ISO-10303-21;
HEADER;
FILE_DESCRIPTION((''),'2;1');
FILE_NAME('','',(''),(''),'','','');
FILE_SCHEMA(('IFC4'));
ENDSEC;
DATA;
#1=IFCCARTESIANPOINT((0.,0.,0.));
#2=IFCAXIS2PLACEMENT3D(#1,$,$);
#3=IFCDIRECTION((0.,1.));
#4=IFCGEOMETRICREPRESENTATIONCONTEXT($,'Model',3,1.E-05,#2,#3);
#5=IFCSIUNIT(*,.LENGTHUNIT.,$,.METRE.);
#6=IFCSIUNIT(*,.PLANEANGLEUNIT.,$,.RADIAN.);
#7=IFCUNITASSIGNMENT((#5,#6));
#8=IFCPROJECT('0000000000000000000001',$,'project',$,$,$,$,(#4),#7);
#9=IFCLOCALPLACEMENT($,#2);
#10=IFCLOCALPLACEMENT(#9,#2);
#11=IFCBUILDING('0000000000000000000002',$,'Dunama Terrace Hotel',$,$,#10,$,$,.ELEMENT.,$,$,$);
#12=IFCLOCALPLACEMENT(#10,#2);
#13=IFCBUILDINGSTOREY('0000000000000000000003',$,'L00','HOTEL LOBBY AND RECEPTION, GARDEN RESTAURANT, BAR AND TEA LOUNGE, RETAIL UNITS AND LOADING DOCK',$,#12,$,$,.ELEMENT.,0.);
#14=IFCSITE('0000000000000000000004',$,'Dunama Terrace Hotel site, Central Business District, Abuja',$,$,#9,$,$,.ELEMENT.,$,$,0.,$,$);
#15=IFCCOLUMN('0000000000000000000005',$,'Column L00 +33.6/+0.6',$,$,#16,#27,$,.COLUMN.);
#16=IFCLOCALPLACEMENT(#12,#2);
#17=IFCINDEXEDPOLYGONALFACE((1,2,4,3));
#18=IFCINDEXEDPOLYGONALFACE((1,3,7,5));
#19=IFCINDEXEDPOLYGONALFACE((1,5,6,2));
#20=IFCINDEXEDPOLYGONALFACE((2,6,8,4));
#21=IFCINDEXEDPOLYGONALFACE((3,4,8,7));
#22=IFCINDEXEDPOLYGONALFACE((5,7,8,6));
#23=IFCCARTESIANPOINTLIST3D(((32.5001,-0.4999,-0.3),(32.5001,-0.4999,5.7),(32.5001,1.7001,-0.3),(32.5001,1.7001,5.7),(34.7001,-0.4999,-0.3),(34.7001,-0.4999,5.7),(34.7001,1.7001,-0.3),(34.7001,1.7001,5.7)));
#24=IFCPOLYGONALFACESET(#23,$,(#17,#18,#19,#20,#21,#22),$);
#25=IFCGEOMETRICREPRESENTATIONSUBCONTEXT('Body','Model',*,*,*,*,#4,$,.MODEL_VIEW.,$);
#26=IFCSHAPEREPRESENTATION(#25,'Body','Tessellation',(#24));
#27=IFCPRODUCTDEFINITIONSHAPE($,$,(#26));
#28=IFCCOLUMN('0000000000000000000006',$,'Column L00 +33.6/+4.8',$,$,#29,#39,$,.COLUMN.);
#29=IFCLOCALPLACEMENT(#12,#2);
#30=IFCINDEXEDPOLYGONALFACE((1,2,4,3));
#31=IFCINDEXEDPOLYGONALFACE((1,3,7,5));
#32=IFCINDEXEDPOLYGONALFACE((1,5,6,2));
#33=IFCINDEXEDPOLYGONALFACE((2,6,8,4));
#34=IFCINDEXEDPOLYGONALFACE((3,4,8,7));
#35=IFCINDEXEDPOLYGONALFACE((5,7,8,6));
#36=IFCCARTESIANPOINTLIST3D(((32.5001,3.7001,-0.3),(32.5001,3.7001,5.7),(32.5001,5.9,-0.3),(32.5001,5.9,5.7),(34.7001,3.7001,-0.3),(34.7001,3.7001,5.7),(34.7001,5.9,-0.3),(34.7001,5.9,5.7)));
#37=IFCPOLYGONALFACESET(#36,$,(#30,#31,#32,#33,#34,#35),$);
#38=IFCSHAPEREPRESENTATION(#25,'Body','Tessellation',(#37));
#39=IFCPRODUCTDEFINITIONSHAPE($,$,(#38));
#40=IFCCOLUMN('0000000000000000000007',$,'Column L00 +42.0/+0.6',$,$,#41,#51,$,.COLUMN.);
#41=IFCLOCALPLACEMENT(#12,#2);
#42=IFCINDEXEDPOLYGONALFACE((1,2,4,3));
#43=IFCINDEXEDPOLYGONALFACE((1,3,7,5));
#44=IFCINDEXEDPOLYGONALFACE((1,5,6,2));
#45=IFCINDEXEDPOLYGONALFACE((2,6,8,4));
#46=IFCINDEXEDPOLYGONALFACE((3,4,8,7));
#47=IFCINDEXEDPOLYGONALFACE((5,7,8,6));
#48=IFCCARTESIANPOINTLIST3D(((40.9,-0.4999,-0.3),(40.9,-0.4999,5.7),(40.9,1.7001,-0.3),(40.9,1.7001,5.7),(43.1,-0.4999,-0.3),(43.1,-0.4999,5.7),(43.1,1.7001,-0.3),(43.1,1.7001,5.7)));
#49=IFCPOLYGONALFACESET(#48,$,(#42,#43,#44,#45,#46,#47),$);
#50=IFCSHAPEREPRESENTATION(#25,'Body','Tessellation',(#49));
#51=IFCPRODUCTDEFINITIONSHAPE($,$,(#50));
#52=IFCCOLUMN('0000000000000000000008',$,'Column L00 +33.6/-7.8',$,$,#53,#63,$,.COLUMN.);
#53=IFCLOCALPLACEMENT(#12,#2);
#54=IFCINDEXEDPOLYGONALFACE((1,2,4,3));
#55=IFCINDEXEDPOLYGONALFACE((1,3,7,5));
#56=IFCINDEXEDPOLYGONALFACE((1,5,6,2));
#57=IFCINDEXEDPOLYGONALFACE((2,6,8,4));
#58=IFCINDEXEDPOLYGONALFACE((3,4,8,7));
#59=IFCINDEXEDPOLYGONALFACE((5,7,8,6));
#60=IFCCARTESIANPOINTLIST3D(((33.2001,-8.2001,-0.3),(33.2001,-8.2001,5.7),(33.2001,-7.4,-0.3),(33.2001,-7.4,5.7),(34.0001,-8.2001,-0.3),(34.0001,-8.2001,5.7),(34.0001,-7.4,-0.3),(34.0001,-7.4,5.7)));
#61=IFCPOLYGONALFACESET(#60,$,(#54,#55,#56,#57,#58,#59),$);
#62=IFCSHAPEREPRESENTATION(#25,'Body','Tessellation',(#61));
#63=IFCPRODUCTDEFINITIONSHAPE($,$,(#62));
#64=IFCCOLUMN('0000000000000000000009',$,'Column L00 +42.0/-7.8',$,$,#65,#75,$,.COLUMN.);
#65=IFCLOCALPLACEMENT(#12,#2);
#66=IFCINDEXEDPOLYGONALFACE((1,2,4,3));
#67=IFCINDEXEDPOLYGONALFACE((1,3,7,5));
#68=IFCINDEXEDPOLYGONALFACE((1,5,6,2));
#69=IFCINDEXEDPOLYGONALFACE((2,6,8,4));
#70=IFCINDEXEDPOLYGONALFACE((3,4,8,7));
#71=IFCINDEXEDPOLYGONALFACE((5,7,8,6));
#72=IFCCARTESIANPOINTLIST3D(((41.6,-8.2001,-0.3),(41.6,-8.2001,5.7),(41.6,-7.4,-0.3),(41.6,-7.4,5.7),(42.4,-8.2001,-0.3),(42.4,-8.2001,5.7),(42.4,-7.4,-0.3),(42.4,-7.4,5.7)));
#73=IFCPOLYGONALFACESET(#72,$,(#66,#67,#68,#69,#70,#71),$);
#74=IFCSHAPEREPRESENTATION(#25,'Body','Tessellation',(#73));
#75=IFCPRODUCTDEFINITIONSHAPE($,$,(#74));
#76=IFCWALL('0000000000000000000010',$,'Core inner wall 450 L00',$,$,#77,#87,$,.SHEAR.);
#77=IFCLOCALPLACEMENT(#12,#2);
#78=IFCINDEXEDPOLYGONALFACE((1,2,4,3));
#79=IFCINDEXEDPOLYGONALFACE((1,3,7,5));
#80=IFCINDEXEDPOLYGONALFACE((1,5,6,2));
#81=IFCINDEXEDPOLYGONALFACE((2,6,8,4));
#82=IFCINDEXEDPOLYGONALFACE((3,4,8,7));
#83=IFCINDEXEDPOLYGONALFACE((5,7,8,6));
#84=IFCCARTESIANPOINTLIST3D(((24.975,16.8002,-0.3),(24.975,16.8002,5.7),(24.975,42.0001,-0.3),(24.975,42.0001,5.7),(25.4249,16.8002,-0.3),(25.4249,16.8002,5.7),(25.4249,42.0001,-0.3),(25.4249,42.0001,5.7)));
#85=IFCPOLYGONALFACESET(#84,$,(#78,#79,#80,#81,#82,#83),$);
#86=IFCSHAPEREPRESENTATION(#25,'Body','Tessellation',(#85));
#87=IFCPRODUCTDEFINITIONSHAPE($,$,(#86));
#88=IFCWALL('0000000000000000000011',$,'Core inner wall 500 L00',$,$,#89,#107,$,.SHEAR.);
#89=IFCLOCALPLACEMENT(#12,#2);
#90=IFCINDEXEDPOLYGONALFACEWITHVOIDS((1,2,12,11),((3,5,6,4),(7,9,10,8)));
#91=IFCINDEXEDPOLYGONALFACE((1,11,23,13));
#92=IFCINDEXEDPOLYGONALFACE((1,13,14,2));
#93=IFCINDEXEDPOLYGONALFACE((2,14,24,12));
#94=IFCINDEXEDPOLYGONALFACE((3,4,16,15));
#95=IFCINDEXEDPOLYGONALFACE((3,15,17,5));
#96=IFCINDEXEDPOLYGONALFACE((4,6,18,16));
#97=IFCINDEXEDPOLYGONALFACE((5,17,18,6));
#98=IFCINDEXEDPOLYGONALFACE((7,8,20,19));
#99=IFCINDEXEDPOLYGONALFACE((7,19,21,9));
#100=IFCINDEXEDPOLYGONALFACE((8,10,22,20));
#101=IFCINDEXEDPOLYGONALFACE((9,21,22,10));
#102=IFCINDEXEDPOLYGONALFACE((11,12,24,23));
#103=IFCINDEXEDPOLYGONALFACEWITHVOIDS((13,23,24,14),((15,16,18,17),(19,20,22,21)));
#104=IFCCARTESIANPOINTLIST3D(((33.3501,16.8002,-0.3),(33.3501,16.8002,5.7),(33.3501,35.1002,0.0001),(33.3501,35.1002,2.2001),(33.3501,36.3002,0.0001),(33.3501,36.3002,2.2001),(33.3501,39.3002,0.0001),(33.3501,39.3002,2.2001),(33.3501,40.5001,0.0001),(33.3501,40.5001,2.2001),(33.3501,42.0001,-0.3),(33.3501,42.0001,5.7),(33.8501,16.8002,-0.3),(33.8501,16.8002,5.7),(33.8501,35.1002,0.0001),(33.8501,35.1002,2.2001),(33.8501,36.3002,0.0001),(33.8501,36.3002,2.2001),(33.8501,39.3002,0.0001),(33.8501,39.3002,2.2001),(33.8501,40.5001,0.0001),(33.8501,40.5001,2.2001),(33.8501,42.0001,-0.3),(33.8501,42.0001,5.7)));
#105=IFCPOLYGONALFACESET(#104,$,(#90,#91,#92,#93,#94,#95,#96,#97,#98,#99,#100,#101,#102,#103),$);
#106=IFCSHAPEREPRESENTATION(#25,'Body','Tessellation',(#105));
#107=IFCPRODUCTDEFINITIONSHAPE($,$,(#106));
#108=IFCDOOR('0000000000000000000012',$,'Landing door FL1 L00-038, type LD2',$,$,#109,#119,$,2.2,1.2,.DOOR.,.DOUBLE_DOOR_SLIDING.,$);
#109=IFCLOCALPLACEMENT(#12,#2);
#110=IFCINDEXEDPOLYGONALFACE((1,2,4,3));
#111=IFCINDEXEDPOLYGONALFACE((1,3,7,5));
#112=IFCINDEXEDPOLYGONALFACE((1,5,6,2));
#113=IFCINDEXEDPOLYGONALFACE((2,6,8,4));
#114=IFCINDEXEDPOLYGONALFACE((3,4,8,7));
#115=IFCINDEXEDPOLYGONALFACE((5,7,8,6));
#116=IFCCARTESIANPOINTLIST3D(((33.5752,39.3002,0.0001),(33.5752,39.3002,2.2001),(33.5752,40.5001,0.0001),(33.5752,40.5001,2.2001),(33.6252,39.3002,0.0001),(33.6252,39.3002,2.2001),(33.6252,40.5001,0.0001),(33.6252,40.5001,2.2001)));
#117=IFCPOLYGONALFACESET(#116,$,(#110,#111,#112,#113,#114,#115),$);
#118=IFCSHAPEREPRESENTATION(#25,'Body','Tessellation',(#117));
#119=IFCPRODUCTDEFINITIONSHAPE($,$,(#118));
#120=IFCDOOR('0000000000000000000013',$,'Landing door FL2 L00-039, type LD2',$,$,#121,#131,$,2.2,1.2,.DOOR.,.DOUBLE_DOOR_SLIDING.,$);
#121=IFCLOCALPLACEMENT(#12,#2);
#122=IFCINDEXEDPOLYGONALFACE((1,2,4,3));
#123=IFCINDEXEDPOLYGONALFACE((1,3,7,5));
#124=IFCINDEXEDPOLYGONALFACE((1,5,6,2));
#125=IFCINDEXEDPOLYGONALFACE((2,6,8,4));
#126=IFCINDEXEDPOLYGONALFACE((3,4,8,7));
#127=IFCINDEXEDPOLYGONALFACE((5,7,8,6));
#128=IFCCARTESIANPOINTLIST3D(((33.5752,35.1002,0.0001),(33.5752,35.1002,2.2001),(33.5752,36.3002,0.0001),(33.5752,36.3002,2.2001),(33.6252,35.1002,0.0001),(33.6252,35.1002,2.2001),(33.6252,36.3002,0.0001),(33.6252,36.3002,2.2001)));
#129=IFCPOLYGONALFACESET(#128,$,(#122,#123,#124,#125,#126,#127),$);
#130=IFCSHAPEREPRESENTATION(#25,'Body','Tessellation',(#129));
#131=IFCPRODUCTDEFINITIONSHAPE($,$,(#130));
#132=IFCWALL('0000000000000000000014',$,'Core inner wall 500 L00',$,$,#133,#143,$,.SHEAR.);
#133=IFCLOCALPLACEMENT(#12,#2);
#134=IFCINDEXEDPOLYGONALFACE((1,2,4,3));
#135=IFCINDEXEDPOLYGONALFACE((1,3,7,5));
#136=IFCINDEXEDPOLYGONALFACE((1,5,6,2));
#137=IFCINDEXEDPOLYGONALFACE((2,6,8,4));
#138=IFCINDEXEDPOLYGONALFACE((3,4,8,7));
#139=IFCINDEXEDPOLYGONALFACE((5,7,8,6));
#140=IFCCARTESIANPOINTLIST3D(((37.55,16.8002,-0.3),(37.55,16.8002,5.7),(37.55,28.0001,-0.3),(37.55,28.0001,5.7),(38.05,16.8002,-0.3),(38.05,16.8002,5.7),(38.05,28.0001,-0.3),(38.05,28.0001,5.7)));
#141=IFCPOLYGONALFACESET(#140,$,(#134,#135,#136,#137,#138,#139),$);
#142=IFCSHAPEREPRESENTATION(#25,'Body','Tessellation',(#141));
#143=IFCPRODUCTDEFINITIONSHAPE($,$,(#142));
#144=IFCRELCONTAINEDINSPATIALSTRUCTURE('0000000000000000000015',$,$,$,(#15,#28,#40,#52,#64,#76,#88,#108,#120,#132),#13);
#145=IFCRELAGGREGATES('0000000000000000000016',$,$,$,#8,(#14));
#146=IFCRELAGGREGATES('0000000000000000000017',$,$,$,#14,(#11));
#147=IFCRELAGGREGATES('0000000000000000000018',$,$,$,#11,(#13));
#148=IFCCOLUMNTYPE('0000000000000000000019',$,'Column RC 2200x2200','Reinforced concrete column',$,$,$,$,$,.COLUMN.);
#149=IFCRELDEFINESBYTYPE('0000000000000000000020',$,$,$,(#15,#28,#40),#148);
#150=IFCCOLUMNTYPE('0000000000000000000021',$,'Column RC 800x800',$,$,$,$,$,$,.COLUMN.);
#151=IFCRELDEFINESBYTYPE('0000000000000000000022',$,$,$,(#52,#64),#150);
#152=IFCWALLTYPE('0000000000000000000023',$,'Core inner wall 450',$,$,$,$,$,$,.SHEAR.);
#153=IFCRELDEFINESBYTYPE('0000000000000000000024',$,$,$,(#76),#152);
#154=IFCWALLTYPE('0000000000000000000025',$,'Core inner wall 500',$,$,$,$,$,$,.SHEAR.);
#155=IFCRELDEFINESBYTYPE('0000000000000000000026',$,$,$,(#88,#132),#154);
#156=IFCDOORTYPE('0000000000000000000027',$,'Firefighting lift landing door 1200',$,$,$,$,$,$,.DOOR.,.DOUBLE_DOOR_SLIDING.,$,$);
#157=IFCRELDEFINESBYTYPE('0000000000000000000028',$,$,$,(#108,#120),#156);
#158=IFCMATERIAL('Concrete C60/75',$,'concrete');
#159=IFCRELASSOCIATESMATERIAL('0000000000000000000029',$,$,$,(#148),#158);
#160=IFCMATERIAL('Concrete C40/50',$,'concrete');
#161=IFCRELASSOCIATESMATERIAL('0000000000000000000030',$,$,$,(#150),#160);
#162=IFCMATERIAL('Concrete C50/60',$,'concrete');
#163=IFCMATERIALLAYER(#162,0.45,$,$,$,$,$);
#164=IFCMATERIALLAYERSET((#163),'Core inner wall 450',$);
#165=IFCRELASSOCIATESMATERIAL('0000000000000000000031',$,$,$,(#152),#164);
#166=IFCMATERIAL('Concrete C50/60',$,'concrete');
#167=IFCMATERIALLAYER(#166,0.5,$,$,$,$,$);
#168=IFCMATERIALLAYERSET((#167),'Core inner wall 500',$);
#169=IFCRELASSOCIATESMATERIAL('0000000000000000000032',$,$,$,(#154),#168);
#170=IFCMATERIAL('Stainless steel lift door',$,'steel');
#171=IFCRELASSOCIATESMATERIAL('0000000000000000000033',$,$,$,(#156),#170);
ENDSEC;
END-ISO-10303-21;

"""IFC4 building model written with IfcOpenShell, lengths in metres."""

from ifc_helpers import new_model, si_unit, direction, frame, frame_2d, origin, origin_2d, place, context, subcontext, project, spatial, rectangle, extrude, material, layer, layer_set, material_profile, profile_set, type_object, element, fill, save


model = new_model("IFC4")

# Units and contexts
model_context = context("Model", 3, precision=1e-05, world=origin(), true_north=direction((0.0, 1.0)))
body_context = subcontext(model_context, "Body", "Model", "MODEL_VIEW")
ifc_project = project(units=[si_unit("LENGTHUNIT", "METRE"), si_unit("PLANEANGLEUNIT", "RADIAN")], contexts=[model_context])

# Site, building, storey
site_placement = place(None, origin())
site = spatial("IfcSite", under=ifc_project, at=site_placement, Name="Dunama Terrace Hotel site, Central Business District, Abuja", CompositionType="ELEMENT", RefElevation=0.0)
building_placement = place(site_placement, origin())
building = spatial("IfcBuilding", under=site, at=building_placement, Name="Dunama Terrace Hotel", CompositionType="ELEMENT")
storey_placement = place(building_placement, origin())
storey = spatial("IfcBuildingStorey", under=building, at=storey_placement, Name="L00", Description="HOTEL LOBBY AND RECEPTION, GARDEN RESTAURANT, BAR AND TEA LOUNGE, RETAIL UNITS AND LOADING DOCK", CompositionType="ELEMENT", Elevation=0.0)

# Columns
ifc_material_1 = material(Name="Concrete C60/75", Category="concrete")
ifc_material_profile_1 = material_profile(ifc_material_1, rectangle(XDim=2.2, YDim=2.2, at=origin_2d()), Name="RC 2200x2200")
ifc_profile_set_1 = profile_set([ifc_material_profile_1], Name="Concrete C60/75")
column_type_1 = type_object("IfcColumnType", Name="Column RC 2200x2200", Description="Reinforced concrete column", PredefinedType="COLUMN", material=ifc_profile_set_1)
for number, where, z_axis, x_axis, name in (
    (1, (33.6001, 0.6001, -0.3), (0.0, 0.0, 1.0), (1.0, 0.0, 0.0), "Column L00 +33.6/+0.6"),
    (2, (33.6001, 4.8, -0.3), (0.0, 0.0, 1.0), (1.0, 0.0, 0.0), "Column L00 +33.6/+4.8"),
    (3, (42.0, 0.6001, -0.3), (0.0, 0.0, 1.0), (1.0, 0.0, 0.0), "Column L00 +42.0/+0.6"),
):
    element("IfcColumn", number, at=place(storey_placement, frame(where, z_axis=z_axis, x_axis=x_axis)), inside=storey, type_object=column_type_1, Name=name, PredefinedType="COLUMN", context=body_context, shape_type="SweptSolid", body=[
        extrude(rectangle(XDim=2.2, YDim=2.2, at=origin_2d()), origin(), (0.0, 0.0, 1.0), 6.0),
    ])
ifc_material_2 = material(Name="Concrete C40/50", Category="concrete")
ifc_material_profile_2 = material_profile(ifc_material_2, rectangle(XDim=0.8, YDim=0.8, at=origin_2d()), Name="RC 800x800")
ifc_profile_set_2 = profile_set([ifc_material_profile_2], Name="Concrete C40/50")
column_type_2 = type_object("IfcColumnType", Name="Column RC 800x800", PredefinedType="COLUMN", material=ifc_profile_set_2)
for number, where, z_axis, x_axis, name in (
    (4, (33.6001, -7.8, -0.3), (0.0, 0.0, 1.0), (1.0, 0.0, 0.0), "Column L00 +33.6/-7.8"),
    (5, (42.0, -7.8, -0.3), (0.0, 0.0, 1.0), (1.0, 0.0, 0.0), "Column L00 +42.0/-7.8"),
):
    element("IfcColumn", number, at=place(storey_placement, frame(where, z_axis=z_axis, x_axis=x_axis)), inside=storey, type_object=column_type_2, Name=name, PredefinedType="COLUMN", context=body_context, shape_type="SweptSolid", body=[
        extrude(rectangle(XDim=0.8, YDim=0.8, at=origin_2d()), origin(), (0.0, 0.0, 1.0), 6.0),
    ])

# Wall
ifc_material_3 = material(Name="Concrete C50/60", Category="concrete")
ifc_layer_1 = layer(ifc_material_3, 0.45)
ifc_layer_set_1 = layer_set([ifc_layer_1], Name="Core inner wall 450")
wall_type_1 = type_object("IfcWallType", Name="Core inner wall 450", PredefinedType="SHEAR", material=ifc_layer_set_1)
wall_1_placement = place(storey_placement, frame((25.2, 16.8, -0.3), z_axis=(0.0, 0.0, 1.0), x_axis=(0.0, 1.0, 0.0)))
element("IfcWall", 6, at=wall_1_placement, inside=storey, type_object=wall_type_1, Name="Core inner wall 450 L00", PredefinedType="SHEAR", context=body_context, shape_type="SweptSolid", body=[
    extrude(rectangle(XDim=25.2, YDim=0.45, at=frame_2d((12.6001, 0.0))), origin(), (0.0, 0.0, 1.0), 6.0),
])

# Wall, openings, doors
ifc_material_4 = material(Name="Concrete C50/60", Category="concrete")
ifc_layer_2 = layer(ifc_material_4, 0.5)
ifc_layer_set_2 = layer_set([ifc_layer_2], Name="Core inner wall 500")
wall_type_2 = type_object("IfcWallType", Name="Core inner wall 500", PredefinedType="SHEAR", material=ifc_layer_set_2)
wall_2_placement = place(storey_placement, frame((33.6001, 16.8, -0.3), z_axis=(0.0, 0.0, 1.0), x_axis=(0.0, 1.0, 0.0)))
wall_2 = element("IfcWall", 7, at=wall_2_placement, inside=storey, type_object=wall_type_2, Name="Core inner wall 500 L00", PredefinedType="SHEAR", context=body_context, shape_type="SweptSolid", body=[
    extrude(rectangle(XDim=25.2, YDim=0.5, at=frame_2d((12.6001, 0.0))), origin(), (0.0, 0.0, 1.0), 6.0),
])
opening_1_placement = place(wall_2_placement, frame((22.5, 0.0, 0.3)))
opening_1 = element("IfcOpeningElement", 8, at=opening_1_placement, cuts=wall_2, PredefinedType="OPENING", context=body_context, shape_type="SweptSolid", body=[
    extrude(rectangle(XDim=1.2, YDim=2.2, at=frame_2d((0.6001, 1.1001))), frame((0.0, 0.26, 0.0), z_axis=(0.0, -1.0, 0.0), x_axis=(1.0, 0.0, 0.0)), (0.0, 0.0, 1.0), 0.52),
])
opening_2_placement = place(wall_2_placement, frame((18.3, 0.0, 0.3)))
opening_2 = element("IfcOpeningElement", 9, at=opening_2_placement, cuts=wall_2, PredefinedType="OPENING", context=body_context, shape_type="SweptSolid", body=[
    extrude(rectangle(XDim=1.2, YDim=2.2, at=frame_2d((0.6001, 1.1001))), frame((0.0, 0.26, 0.0), z_axis=(0.0, -1.0, 0.0), x_axis=(1.0, 0.0, 0.0)), (0.0, 0.0, 1.0), 0.52),
])
ifc_material_5 = material(Name="Stainless steel lift door", Category="steel")
door_type_1 = type_object("IfcDoorType", Name="Firefighting lift landing door 1200", OperationType="DOUBLE_DOOR_SLIDING", PredefinedType="DOOR", material=ifc_material_5)
door_1_placement = place(opening_1_placement, origin())
door_1 = element("IfcDoor", 10, at=door_1_placement, inside=storey, type_object=door_type_1, Name="Landing door FL1 L00-038, type LD2", OperationType="DOUBLE_DOOR_SLIDING", OverallHeight=2.2, OverallWidth=1.2, PredefinedType="DOOR", context=body_context, shape_type="SweptSolid", body=[
    extrude(rectangle(XDim=1.2, YDim=2.2, at=frame_2d((0.6001, 1.1001))), frame((0.0, 0.0249, 0.0), z_axis=(0.0, -1.0, 0.0), x_axis=(1.0, 0.0, 0.0)), (0.0, 0.0, 1.0), 0.05),
])
fill(opening_1, door_1)
door_2_placement = place(opening_2_placement, origin())
door_2 = element("IfcDoor", 11, at=door_2_placement, inside=storey, type_object=door_type_1, Name="Landing door FL2 L00-039, type LD2", OperationType="DOUBLE_DOOR_SLIDING", OverallHeight=2.2, OverallWidth=1.2, PredefinedType="DOOR", context=body_context, shape_type="SweptSolid", body=[
    extrude(rectangle(XDim=1.2, YDim=2.2, at=frame_2d((0.6001, 1.1001))), frame((0.0, 0.0249, 0.0), z_axis=(0.0, -1.0, 0.0), x_axis=(1.0, 0.0, 0.0)), (0.0, 0.0, 1.0), 0.05),
])
fill(opening_2, door_2)

# Wall
wall_3_placement = place(storey_placement, frame((37.8, 16.8, -0.3), z_axis=(0.0, 0.0, 1.0), x_axis=(0.0, 1.0, 0.0)))
element("IfcWall", 12, at=wall_3_placement, inside=storey, type_object=wall_type_2, Name="Core inner wall 500 L00", PredefinedType="SHEAR", context=body_context, shape_type="SweptSolid", body=[
    extrude(rectangle(XDim=11.2, YDim=0.5, at=frame_2d((5.6001, 0.0))), origin(), (0.0, 0.0, 1.0), 6.0),
])

save(model, "model.ifc")
